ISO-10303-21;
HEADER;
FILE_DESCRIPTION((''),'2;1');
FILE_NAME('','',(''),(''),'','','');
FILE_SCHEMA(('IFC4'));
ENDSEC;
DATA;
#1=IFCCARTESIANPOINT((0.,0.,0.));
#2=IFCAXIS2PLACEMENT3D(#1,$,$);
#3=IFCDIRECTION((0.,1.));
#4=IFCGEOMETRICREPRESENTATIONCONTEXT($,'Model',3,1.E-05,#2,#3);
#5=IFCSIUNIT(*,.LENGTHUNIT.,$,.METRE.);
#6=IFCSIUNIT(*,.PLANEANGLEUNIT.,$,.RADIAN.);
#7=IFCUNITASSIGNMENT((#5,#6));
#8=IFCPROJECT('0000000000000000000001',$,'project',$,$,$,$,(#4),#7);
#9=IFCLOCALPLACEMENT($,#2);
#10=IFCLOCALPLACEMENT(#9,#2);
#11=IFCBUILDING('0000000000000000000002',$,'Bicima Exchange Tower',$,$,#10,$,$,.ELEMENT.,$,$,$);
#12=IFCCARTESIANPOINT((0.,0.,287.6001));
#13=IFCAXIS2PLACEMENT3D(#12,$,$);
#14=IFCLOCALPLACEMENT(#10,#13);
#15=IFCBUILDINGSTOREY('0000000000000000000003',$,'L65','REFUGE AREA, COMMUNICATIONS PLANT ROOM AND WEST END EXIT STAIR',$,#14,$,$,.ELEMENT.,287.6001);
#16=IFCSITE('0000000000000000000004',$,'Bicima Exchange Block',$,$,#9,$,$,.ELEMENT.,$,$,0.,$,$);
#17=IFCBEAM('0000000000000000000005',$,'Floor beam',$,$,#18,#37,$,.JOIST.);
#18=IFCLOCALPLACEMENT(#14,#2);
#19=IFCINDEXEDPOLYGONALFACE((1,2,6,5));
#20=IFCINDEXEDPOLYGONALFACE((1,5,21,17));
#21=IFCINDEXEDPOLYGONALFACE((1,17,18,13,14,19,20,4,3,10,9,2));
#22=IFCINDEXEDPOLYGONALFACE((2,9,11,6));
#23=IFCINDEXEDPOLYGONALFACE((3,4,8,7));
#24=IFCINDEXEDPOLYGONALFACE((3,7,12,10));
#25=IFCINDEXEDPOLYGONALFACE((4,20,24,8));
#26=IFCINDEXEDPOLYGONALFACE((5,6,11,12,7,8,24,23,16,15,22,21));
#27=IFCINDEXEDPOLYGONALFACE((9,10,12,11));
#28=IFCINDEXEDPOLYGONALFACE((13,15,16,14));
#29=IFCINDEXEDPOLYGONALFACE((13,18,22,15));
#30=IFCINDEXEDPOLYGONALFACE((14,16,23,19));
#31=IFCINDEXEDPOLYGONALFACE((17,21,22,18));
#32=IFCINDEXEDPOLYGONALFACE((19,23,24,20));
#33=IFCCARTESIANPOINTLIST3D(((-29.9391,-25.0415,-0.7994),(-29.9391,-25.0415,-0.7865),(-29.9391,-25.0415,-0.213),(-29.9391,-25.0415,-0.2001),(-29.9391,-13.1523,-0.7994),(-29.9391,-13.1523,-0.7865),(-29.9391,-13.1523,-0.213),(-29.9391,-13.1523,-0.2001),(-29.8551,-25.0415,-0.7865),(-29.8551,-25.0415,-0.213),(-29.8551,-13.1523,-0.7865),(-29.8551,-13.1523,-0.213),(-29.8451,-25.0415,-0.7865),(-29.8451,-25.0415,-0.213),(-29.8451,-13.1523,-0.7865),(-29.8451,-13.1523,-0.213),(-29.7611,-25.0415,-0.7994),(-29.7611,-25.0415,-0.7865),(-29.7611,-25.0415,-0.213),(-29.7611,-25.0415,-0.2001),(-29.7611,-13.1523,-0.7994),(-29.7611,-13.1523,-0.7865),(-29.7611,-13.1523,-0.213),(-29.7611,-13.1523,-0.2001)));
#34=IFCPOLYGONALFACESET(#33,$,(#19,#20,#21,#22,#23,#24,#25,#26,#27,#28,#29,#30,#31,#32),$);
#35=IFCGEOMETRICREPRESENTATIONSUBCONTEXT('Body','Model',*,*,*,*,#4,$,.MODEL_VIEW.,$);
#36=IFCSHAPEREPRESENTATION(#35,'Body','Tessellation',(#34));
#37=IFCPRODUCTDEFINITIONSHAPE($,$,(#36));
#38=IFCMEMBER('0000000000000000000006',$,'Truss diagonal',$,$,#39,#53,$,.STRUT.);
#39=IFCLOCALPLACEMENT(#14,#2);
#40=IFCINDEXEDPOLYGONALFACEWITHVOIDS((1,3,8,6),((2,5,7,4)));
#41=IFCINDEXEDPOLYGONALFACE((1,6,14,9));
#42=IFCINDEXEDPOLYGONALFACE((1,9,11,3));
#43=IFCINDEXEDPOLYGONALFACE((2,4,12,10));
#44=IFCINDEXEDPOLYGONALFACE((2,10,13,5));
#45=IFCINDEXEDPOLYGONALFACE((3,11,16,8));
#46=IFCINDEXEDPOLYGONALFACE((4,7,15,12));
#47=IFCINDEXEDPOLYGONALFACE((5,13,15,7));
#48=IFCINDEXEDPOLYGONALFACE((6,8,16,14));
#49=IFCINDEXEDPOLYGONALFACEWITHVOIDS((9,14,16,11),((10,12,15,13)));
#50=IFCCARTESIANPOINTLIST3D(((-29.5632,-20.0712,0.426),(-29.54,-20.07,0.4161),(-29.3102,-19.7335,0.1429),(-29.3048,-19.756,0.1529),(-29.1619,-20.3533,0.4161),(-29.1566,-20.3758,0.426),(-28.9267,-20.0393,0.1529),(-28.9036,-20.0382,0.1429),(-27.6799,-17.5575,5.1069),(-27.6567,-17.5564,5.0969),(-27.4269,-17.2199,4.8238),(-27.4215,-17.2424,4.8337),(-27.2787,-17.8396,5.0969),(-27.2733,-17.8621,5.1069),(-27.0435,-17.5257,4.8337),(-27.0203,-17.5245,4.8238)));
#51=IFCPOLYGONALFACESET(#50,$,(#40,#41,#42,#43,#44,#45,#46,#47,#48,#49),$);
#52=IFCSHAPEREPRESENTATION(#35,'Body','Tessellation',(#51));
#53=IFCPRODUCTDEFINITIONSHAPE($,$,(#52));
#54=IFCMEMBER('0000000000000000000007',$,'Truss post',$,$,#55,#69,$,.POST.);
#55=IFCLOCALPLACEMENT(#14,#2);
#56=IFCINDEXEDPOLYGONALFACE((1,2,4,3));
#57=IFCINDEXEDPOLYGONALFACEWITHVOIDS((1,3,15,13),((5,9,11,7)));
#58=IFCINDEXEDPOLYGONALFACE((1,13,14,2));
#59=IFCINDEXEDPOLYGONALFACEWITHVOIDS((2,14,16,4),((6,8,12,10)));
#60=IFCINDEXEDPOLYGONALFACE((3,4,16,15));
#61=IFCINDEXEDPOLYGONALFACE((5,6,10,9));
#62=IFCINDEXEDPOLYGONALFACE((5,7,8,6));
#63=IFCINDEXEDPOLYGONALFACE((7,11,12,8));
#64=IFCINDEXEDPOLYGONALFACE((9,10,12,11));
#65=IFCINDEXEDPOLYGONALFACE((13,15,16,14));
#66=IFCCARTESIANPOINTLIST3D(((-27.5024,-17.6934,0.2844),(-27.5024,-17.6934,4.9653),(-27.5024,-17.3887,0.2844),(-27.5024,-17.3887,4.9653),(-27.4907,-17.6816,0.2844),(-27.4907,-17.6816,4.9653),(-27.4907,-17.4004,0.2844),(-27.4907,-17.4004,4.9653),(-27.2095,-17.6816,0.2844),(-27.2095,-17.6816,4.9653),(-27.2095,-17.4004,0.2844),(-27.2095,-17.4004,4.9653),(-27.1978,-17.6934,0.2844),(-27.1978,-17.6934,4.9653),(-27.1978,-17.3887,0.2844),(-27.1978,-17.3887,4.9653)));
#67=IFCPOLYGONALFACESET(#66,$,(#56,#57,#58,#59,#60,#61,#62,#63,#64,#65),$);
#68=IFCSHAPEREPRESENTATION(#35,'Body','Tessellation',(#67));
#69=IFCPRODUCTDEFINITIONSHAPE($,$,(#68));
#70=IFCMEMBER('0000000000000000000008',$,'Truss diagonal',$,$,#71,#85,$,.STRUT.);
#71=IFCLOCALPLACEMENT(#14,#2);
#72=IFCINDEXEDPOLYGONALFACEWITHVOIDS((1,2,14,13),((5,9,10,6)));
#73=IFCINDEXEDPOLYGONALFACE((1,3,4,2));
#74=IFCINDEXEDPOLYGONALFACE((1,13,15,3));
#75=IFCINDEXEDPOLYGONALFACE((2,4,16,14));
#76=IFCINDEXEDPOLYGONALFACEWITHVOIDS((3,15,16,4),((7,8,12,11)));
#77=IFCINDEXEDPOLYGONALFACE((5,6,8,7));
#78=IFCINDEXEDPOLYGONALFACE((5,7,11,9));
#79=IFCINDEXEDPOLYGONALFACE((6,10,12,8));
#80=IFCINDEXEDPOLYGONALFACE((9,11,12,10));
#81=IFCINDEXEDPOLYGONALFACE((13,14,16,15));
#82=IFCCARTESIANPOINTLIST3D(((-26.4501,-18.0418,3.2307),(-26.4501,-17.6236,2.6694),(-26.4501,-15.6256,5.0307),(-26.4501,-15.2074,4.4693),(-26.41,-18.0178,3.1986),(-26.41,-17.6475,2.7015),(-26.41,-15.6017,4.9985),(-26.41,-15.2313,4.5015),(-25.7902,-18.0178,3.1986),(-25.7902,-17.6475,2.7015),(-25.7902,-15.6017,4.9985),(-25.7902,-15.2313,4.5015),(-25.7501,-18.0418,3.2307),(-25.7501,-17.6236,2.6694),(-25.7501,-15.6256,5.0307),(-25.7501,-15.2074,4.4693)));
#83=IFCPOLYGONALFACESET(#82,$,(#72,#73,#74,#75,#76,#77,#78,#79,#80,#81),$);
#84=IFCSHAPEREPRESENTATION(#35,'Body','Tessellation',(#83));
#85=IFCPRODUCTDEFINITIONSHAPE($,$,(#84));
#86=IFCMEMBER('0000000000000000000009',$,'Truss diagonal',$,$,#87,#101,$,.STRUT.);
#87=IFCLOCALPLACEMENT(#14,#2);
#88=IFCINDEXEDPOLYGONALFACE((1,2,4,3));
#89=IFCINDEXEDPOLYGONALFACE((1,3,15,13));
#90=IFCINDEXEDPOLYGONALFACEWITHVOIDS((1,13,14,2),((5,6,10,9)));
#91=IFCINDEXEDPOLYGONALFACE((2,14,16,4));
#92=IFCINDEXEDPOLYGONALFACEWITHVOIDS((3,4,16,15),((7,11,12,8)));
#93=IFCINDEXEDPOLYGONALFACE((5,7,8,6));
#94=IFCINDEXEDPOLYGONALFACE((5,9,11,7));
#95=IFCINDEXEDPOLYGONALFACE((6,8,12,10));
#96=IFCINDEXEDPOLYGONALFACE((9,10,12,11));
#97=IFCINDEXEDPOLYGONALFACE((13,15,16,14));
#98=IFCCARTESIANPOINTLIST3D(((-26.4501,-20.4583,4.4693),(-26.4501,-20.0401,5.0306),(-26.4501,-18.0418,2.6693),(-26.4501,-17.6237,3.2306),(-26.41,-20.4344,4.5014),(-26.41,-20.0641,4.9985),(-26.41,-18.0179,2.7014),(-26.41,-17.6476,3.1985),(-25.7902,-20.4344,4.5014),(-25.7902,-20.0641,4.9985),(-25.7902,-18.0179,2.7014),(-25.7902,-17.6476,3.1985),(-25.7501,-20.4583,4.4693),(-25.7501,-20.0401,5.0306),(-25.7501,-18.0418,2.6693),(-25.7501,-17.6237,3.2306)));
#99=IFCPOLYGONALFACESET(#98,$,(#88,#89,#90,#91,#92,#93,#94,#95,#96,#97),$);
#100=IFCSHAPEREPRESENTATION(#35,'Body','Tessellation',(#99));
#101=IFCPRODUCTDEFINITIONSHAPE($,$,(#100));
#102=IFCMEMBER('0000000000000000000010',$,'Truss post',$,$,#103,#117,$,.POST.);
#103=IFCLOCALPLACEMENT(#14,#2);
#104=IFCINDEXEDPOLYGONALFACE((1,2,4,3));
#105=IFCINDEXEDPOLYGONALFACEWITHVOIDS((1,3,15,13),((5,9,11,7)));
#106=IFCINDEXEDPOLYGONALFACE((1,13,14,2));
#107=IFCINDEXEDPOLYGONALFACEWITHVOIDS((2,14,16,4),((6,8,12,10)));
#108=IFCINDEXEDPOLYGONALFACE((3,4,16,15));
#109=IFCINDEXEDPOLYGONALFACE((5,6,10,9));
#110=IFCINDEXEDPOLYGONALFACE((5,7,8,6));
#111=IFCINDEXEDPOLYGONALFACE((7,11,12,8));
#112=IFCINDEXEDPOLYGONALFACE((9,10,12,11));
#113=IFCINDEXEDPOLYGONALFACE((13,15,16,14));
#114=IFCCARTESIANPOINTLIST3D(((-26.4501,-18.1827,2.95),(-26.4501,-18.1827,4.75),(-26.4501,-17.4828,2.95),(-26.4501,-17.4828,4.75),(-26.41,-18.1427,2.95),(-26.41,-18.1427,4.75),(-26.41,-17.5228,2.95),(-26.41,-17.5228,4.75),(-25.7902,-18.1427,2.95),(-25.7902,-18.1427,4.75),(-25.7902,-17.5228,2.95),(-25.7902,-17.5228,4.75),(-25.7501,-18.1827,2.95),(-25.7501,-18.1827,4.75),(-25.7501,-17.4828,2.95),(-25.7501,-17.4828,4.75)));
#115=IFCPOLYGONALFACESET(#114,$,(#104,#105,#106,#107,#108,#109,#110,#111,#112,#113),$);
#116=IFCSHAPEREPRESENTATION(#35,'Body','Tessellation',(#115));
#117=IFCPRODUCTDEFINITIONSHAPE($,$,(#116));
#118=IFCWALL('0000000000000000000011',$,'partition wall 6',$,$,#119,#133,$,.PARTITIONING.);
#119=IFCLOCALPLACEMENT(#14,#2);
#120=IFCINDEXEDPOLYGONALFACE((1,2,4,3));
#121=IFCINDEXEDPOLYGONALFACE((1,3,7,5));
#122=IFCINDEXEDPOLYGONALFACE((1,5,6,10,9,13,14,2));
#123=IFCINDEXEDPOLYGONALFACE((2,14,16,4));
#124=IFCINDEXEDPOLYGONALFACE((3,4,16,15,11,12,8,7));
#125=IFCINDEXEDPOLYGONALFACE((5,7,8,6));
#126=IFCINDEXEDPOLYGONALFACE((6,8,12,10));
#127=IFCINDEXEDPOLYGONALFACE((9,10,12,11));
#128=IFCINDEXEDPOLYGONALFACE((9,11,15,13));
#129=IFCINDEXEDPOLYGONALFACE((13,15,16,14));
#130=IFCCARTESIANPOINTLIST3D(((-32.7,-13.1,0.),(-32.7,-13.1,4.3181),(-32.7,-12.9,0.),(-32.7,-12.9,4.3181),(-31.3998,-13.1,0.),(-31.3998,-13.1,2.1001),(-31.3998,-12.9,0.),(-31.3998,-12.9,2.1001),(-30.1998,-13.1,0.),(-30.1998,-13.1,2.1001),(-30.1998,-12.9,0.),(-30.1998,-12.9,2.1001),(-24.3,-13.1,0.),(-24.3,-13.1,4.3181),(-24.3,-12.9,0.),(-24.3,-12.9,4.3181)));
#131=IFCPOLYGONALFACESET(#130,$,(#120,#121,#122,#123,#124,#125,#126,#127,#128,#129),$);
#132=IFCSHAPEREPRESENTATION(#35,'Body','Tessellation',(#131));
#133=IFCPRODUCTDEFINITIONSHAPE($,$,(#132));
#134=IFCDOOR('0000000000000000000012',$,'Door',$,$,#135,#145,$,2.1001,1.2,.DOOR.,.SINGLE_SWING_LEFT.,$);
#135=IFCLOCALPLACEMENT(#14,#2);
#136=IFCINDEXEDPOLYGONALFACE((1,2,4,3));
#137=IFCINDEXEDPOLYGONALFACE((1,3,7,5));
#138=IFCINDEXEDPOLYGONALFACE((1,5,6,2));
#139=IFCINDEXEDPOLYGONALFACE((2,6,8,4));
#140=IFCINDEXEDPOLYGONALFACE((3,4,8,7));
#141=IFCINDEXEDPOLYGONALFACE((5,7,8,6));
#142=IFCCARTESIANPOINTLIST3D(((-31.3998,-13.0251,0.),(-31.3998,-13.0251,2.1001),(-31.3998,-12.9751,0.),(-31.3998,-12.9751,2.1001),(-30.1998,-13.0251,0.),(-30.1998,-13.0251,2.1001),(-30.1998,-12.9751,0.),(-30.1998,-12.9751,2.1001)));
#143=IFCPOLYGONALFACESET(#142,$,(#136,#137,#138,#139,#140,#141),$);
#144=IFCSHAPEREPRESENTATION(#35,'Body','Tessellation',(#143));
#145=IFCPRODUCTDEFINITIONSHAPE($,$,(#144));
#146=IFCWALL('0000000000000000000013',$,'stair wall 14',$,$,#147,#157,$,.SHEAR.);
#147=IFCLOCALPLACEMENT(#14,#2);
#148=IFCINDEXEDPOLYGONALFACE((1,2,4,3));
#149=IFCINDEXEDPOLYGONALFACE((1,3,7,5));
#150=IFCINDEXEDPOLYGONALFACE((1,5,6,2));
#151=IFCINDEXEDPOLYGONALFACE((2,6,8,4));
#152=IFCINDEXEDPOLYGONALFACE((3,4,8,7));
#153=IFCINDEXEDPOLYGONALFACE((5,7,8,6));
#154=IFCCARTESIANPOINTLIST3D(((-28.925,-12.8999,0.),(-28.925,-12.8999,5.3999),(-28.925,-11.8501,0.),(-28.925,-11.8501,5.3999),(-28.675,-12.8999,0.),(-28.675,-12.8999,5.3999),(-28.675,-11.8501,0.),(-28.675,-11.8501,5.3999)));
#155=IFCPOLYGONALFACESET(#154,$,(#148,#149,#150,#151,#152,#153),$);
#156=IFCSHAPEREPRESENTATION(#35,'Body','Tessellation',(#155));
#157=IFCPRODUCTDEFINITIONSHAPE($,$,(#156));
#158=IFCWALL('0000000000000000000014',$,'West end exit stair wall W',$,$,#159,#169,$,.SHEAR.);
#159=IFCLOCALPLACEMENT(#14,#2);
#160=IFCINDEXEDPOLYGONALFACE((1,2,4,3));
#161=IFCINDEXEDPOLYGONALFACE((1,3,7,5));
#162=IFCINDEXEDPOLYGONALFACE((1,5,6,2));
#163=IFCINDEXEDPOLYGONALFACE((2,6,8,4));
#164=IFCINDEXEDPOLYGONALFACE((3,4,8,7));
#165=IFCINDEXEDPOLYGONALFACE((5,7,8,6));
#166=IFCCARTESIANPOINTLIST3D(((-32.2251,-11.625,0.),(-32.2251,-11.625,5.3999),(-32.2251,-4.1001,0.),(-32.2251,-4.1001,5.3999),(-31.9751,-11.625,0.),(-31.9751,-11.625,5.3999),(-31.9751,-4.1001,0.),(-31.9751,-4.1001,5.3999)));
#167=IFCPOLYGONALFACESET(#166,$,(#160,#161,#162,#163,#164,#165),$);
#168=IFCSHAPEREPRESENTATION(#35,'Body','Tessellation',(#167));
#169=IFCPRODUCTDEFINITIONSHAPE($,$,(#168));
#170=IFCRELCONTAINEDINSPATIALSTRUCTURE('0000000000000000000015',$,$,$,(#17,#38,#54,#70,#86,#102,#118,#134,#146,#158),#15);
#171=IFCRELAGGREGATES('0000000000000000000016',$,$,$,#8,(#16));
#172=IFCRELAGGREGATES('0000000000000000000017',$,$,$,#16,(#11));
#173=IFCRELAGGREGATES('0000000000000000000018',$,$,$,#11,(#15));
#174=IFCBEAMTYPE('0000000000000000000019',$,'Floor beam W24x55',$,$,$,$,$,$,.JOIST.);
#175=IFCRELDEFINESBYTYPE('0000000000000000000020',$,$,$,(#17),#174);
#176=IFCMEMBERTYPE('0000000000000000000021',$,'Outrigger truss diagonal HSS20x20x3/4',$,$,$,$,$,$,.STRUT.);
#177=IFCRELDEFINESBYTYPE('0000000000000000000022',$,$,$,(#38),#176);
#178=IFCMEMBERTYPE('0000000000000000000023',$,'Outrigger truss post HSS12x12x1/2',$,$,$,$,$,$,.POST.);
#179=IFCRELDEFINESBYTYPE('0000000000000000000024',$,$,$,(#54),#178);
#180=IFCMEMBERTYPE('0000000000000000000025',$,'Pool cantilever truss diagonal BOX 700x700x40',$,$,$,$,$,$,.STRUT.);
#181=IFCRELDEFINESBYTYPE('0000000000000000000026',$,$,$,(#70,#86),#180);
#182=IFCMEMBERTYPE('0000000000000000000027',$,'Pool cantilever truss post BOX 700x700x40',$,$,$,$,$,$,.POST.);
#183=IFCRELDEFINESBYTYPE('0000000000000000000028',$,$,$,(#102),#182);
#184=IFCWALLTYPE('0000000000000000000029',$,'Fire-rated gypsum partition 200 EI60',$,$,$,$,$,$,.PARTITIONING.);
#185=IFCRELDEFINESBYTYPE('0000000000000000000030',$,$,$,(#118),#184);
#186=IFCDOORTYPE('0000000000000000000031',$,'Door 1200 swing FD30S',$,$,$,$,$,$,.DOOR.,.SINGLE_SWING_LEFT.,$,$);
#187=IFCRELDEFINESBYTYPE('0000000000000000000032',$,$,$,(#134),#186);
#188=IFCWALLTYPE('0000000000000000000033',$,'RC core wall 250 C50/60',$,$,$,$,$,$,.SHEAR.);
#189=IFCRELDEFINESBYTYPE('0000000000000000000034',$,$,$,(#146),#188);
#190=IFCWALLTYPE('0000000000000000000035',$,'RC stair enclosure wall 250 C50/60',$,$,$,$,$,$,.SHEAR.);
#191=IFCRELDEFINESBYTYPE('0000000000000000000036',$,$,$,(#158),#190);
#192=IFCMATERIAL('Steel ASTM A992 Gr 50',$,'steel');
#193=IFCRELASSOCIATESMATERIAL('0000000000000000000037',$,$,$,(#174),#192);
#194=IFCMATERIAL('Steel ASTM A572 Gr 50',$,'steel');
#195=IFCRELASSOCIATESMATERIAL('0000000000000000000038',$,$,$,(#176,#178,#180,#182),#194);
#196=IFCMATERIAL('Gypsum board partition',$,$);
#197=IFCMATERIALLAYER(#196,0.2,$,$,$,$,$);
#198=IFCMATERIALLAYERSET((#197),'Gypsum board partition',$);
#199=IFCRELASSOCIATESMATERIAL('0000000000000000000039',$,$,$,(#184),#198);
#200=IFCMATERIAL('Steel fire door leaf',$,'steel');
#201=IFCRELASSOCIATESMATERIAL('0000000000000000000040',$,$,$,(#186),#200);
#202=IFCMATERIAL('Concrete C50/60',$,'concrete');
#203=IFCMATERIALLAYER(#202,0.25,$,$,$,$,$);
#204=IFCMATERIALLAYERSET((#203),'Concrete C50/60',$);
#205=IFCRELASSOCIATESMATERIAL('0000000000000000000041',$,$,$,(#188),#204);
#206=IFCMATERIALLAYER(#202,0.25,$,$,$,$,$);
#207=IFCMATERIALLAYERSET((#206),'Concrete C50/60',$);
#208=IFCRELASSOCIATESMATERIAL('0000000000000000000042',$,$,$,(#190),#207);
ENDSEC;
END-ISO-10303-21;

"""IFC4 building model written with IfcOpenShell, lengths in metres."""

from ifc_helpers import new_model, si_unit, direction, frame, frame_2d, origin, origin_2d, place, context, subcontext, project, spatial, rectangle, hollow_rectangle, i_section, extrude, material, layer, layer_set, material_profile, profile_set, type_object, element, fill, save


model = new_model("IFC4")

# Units and contexts
model_context = context("Model", 3, precision=1e-05, world=origin(), true_north=direction((0.0, 1.0)))
body_context = subcontext(model_context, "Body", "Model", "MODEL_VIEW")
ifc_project = project(units=[si_unit("LENGTHUNIT", "METRE"), si_unit("PLANEANGLEUNIT", "RADIAN")], contexts=[model_context])

# Site, building, storey
site_placement = place(None, origin())
site = spatial("IfcSite", under=ifc_project, at=site_placement, Name="Bicima Exchange Block", CompositionType="ELEMENT", RefElevation=0.0)
building_placement = place(site_placement, origin())
building = spatial("IfcBuilding", under=site, at=building_placement, Name="Bicima Exchange Tower", CompositionType="ELEMENT")
storey_placement = place(building_placement, frame((0.0, 0.0, 287.6001)))
storey = spatial("IfcBuildingStorey", under=building, at=storey_placement, Name="L65", Description="REFUGE AREA, COMMUNICATIONS PLANT ROOM AND WEST END EXIT STAIR", CompositionType="ELEMENT", Elevation=287.6001)

# Beam
ifc_material_1 = material(Name="Steel ASTM A992 Gr 50", Category="steel")
ifc_material_profile_1 = material_profile(ifc_material_1, i_section(OverallWidth=0.178, OverallDepth=0.5994, WebThickness=0.01, FlangeThickness=0.0129, at=origin_2d()))
ifc_profile_set_1 = profile_set([ifc_material_profile_1], Name="Steel ASTM A992 Gr 50")
beam_type = type_object("IfcBeamType", Name="Floor beam W24x55", PredefinedType="JOIST", material=ifc_profile_set_1)
beam_placement = place(storey_placement, frame((-29.8501, -13.1523, -0.4998), z_axis=(0.0, -1.0, 0.0), x_axis=(1.0, 0.0, 0.0)))
element("IfcBeam", 1, at=beam_placement, inside=storey, type_object=beam_type, Name="Floor beam", PredefinedType="JOIST", context=body_context, shape_type="SweptSolid", body=[
    extrude(i_section(OverallWidth=0.178, OverallDepth=0.5994, WebThickness=0.01, FlangeThickness=0.0129, at=origin_2d()), origin(), (0.0, 0.0, 1.0), 11.8892),
])

# Members
ifc_material_2 = material(Name="Steel ASTM A572 Gr 50", Category="steel")
ifc_material_profile_2 = material_profile(ifc_material_2, hollow_rectangle(XDim=0.5081, YDim=0.5081, WallThickness=0.0178, at=origin_2d()))
ifc_profile_set_2 = profile_set([ifc_material_profile_2], Name="Steel ASTM A572 Gr 50")
member_type_1 = type_object("IfcMemberType", Name="Outrigger truss diagonal HSS20x20x3/4", PredefinedType="STRUT", material=ifc_profile_set_2)
member_1_placement = place(storey_placement, frame((-27.3501, -17.541, 4.9653), z_axis=(-0.334094, -0.44592, -0.830383), x_axis=(0.800298, -0.599602, 0.0)))
element("IfcMember", 2, at=member_1_placement, inside=storey, type_object=member_type_1, Name="Truss diagonal", PredefinedType="STRUT", context=body_context, shape_type="SweptSolid", body=[
    extrude(hollow_rectangle(XDim=0.5081, YDim=0.5081, WallThickness=0.0178, at=origin_2d()), origin(), (0.0, 0.0, 1.0), 5.637),
])
ifc_material_profile_3 = material_profile(ifc_material_2, hollow_rectangle(XDim=0.3047, YDim=0.3047, WallThickness=0.0117, at=origin_2d()))
ifc_profile_set_3 = profile_set([ifc_material_profile_3], Name="Steel ASTM A572 Gr 50")
member_type_2 = type_object("IfcMemberType", Name="Outrigger truss post HSS12x12x1/2", PredefinedType="POST", material=ifc_profile_set_3)
member_2_placement = place(storey_placement, frame((-27.3501, -17.541, 0.2844), z_axis=(0.0, 0.0, 1.0), x_axis=(1.0, 0.0, 0.0)))
element("IfcMember", 3, at=member_2_placement, inside=storey, type_object=member_type_2, Name="Truss post", PredefinedType="POST", context=body_context, shape_type="SweptSolid", body=[
    extrude(hollow_rectangle(XDim=0.3047, YDim=0.3047, WallThickness=0.0117, at=origin_2d()), origin(), (0.0, 0.0, 1.0), 4.6809),
])
ifc_material_profile_4 = material_profile(ifc_material_2, hollow_rectangle(XDim=0.7, YDim=0.7, WallThickness=0.04, at=origin_2d()))
ifc_profile_set_4 = profile_set([ifc_material_profile_4], Name="Steel ASTM A572 Gr 50")
member_type_3 = type_object("IfcMemberType", Name="Pool cantilever truss diagonal BOX 700x700x40", PredefinedType="STRUT", material=ifc_profile_set_4)
member_3_placement = place(storey_placement, frame((-26.1001, -15.4165, 4.75), z_axis=(0.0, -0.801931, -0.597417), x_axis=(1.0, 0.0, 0.0)))
element("IfcMember", 4, at=member_3_placement, inside=storey, type_object=member_type_3, Name="Truss diagonal", PredefinedType="STRUT", context=body_context, shape_type="SweptSolid", body=[
    extrude(hollow_rectangle(XDim=0.7, YDim=0.7, WallThickness=0.04, at=origin_2d()), origin(), (0.0, 0.0, 1.0), 3.0129),
])
member_4_placement = place(storey_placement, frame((-26.1001, -17.8328, 2.95), z_axis=(0.0, -0.80196, 0.597378), x_axis=(1.0, 0.0, 0.0)))
element("IfcMember", 5, at=member_4_placement, inside=storey, type_object=member_type_3, Name="Truss diagonal", PredefinedType="STRUT", context=body_context, shape_type="SweptSolid", body=[
    extrude(hollow_rectangle(XDim=0.7, YDim=0.7, WallThickness=0.04, at=origin_2d()), origin(), (0.0, 0.0, 1.0), 3.0132),
])
member_type_4 = type_object("IfcMemberType", Name="Pool cantilever truss post BOX 700x700x40", PredefinedType="POST", material=ifc_profile_set_4)
member_5_placement = place(storey_placement, frame((-26.1001, -17.8328, 2.95), z_axis=(0.0, 0.0, 1.0), x_axis=(1.0, 0.0, 0.0)))
element("IfcMember", 6, at=member_5_placement, inside=storey, type_object=member_type_4, Name="Truss post", PredefinedType="POST", context=body_context, shape_type="SweptSolid", body=[
    extrude(hollow_rectangle(XDim=0.7, YDim=0.7, WallThickness=0.04, at=origin_2d()), origin(), (0.0, 0.0, 1.0), 1.8),
])

# Shared definitions
ifc_material_3 = material(Name="Gypsum board partition")
ifc_layer_1 = layer(ifc_material_3, 0.2)
ifc_layer_set_1 = layer_set([ifc_layer_1], Name="Gypsum board partition")
wall_type_1 = type_object("IfcWallType", Name="Fire-rated gypsum partition 200 EI60", PredefinedType="PARTITIONING", material=ifc_layer_set_1)
ifc_material_4 = material(Name="Steel fire door leaf", Category="steel")

# Wall, opening, door
wall_1_placement = place(storey_placement, frame((-32.7, -13.0, 0.0), z_axis=(0.0, 0.0, 1.0), x_axis=(1.0, 0.0, 0.0)))
wall_1 = element("IfcWall", 7, at=wall_1_placement, inside=storey, type_object=wall_type_1, Name="partition wall 6", PredefinedType="PARTITIONING", context=body_context, shape_type="SweptSolid", body=[
    extrude(rectangle(XDim=8.3999, YDim=0.2, at=frame_2d((4.2, 0.0))), origin(), (0.0, 0.0, 1.0), 4.3181),
])
opening_1_placement = place(wall_1_placement, frame((1.3, 0.0, 0.0)))
opening_1 = element("IfcOpeningElement", 8, at=opening_1_placement, cuts=wall_1, PredefinedType="OPENING", context=body_context, shape_type="SweptSolid", body=[
    extrude(rectangle(XDim=1.2, YDim=2.1001, at=frame_2d((0.6001, 1.05))), frame((0.0, 0.1118, 0.0), z_axis=(0.0, -1.0, 0.0), x_axis=(1.0, 0.0, 0.0)), (0.0, 0.0, 1.0), 0.2239),
])
door_type_1 = type_object("IfcDoorType", Name="Door 1200 swing FD30S", OperationType="SINGLE_SWING_LEFT", PredefinedType="DOOR", material=ifc_material_4)
door_1_placement = place(opening_1_placement, origin())
door_1 = element("IfcDoor", 9, at=door_1_placement, inside=storey, type_object=door_type_1, Name="Door", OperationType="SINGLE_SWING_LEFT", OverallHeight=2.1001, OverallWidth=1.2, PredefinedType="DOOR", context=body_context, shape_type="SweptSolid", body=[
    extrude(rectangle(XDim=1.2, YDim=2.1001, at=frame_2d((0.6001, 1.05))), frame((0.0, 0.0249, 0.0), z_axis=(0.0, -1.0, 0.0), x_axis=(1.0, 0.0, 0.0)), (0.0, 0.0, 1.0), 0.05),
])
fill(opening_1, door_1)

# Walls
ifc_material_5 = material(Name="Concrete C50/60", Category="concrete")
ifc_layer_2 = layer(ifc_material_5, 0.25)
ifc_layer_set_2 = layer_set([ifc_layer_2], Name="Concrete C50/60")
wall_type_2 = type_object("IfcWallType", Name="RC core wall 250 C50/60", PredefinedType="SHEAR", material=ifc_layer_set_2)
wall_2_placement = place(storey_placement, frame((-28.8, -12.8999, 0.0), z_axis=(0.0, 0.0, 1.0), x_axis=(0.0, 1.0, 0.0)))
element("IfcWall", 10, at=wall_2_placement, inside=storey, type_object=wall_type_2, Name="stair wall 14", PredefinedType="SHEAR", context=body_context, shape_type="SweptSolid", body=[
    extrude(rectangle(XDim=1.0498, YDim=0.25, at=frame_2d((0.5249, 0.0))), origin(), (0.0, 0.0, 1.0), 5.3999),
])
ifc_layer_3 = layer(ifc_material_5, 0.25)
ifc_layer_set_3 = layer_set([ifc_layer_3], Name="Concrete C50/60")
wall_type_3 = type_object("IfcWallType", Name="RC stair enclosure wall 250 C50/60", PredefinedType="SHEAR", material=ifc_layer_set_3)
wall_3_placement = place(storey_placement, frame((-32.1001, -11.625, 0.0), z_axis=(0.0, 0.0, 1.0), x_axis=(0.0, 1.0, 0.0)))
element("IfcWall", 11, at=wall_3_placement, inside=storey, type_object=wall_type_3, Name="West end exit stair wall W", PredefinedType="SHEAR", context=body_context, shape_type="SweptSolid", body=[
    extrude(rectangle(XDim=7.5249, YDim=0.25, at=frame_2d((3.7625, 0.0))), origin(), (0.0, 0.0, 1.0), 5.3999),
])

save(model, "model.ifc")
